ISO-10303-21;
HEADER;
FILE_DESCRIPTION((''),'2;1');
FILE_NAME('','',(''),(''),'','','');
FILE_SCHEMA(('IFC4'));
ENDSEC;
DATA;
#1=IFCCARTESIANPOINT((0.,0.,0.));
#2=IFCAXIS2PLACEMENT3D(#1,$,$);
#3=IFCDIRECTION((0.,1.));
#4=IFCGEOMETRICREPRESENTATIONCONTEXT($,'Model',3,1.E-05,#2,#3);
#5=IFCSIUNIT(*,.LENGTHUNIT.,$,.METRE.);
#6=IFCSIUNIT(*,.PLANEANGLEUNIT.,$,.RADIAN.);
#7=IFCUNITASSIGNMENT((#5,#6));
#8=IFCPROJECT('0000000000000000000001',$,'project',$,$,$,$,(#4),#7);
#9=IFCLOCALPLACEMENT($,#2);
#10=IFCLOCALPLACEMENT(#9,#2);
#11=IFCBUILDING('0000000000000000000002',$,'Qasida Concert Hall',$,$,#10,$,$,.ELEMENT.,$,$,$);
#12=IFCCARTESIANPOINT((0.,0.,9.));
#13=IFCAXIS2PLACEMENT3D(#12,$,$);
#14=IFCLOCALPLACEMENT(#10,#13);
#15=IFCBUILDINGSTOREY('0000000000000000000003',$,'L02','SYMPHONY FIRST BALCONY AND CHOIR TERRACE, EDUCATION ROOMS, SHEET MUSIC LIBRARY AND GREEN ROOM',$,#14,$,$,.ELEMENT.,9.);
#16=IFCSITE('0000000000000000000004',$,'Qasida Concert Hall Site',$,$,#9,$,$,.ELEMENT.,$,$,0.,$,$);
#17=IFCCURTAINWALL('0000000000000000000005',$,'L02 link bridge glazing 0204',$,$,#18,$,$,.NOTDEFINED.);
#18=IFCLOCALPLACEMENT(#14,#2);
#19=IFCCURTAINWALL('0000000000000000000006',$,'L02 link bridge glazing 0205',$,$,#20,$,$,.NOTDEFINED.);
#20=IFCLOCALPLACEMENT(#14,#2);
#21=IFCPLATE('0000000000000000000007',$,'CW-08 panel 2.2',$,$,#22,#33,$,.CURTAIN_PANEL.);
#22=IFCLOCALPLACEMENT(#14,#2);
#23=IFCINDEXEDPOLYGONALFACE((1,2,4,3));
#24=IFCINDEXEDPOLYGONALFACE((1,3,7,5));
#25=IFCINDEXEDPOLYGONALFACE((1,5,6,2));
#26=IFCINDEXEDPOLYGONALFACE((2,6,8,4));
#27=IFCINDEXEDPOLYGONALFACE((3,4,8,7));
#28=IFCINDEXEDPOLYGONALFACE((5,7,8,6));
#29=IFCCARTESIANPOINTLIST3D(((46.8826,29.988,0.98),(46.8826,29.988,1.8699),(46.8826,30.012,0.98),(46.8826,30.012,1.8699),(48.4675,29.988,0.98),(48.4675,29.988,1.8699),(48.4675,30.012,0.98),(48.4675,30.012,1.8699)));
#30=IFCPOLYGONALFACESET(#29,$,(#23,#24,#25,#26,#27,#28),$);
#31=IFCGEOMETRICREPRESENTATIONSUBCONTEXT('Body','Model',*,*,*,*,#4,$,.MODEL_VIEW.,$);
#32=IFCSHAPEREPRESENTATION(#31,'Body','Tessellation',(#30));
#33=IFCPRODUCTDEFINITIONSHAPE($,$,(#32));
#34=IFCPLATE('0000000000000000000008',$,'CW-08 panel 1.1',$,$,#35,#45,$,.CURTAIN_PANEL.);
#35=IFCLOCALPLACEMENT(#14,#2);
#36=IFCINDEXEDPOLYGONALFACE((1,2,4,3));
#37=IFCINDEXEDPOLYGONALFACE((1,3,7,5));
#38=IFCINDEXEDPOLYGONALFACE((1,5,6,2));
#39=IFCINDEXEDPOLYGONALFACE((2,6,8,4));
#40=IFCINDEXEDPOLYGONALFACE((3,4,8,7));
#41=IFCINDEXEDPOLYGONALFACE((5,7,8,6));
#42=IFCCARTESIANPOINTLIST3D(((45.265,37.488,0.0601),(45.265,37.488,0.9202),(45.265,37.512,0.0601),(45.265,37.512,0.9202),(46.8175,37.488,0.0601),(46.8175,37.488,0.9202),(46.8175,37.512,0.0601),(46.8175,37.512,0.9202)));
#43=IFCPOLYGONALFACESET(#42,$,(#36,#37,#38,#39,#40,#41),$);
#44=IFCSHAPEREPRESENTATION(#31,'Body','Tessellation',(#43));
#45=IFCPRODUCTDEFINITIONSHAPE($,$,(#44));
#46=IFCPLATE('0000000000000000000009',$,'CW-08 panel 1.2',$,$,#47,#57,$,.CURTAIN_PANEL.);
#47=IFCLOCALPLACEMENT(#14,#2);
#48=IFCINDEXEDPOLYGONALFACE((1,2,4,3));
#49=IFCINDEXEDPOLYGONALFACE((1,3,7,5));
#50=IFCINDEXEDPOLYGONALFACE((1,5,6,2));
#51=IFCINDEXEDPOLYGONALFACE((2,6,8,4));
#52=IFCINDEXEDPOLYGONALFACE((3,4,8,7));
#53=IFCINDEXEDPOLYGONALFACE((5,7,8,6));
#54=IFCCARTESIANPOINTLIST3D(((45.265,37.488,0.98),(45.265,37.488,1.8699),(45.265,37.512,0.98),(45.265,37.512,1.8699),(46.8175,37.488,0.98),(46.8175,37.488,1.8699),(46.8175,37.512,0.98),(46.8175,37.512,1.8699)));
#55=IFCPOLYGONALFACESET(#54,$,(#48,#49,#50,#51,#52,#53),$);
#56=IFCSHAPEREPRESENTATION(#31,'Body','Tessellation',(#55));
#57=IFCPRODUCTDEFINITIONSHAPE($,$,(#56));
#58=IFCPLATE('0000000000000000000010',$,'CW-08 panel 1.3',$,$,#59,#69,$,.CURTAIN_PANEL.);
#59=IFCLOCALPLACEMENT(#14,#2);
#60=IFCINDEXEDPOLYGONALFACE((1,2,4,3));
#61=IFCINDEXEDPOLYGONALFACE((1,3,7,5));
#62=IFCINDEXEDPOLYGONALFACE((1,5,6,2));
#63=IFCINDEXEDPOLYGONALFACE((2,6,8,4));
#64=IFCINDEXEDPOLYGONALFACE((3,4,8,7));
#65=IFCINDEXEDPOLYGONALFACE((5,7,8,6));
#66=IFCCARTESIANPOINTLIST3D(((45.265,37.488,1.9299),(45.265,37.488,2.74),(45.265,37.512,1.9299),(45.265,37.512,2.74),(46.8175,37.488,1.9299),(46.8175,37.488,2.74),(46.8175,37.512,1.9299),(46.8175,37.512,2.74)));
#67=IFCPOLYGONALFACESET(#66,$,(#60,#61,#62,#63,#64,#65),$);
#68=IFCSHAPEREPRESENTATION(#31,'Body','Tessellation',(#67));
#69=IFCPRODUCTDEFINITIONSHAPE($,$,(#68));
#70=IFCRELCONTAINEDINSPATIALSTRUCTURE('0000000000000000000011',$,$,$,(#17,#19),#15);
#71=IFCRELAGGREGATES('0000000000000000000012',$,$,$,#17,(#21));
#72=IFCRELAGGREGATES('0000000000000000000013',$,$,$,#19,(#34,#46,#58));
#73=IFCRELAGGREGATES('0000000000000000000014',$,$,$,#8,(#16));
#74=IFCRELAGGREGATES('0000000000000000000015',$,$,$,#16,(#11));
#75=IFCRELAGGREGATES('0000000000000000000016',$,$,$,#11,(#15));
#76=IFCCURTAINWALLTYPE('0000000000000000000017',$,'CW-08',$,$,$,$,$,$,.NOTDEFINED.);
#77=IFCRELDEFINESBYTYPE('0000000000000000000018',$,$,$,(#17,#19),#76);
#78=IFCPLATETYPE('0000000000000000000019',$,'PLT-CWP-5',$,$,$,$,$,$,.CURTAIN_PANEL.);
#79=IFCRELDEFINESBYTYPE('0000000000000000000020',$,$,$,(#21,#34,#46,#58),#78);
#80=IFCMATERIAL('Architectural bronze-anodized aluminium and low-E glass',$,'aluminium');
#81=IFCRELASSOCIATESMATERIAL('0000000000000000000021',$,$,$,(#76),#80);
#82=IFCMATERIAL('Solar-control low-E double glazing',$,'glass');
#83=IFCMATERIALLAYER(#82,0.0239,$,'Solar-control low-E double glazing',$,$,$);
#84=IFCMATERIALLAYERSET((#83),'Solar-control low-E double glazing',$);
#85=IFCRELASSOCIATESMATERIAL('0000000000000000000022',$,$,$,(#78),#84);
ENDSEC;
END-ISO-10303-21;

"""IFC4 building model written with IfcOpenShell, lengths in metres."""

from ifc_helpers import new_model, si_unit, direction, frame, origin, origin_2d, place, context, subcontext, project, spatial, rectangle, extrude, material, layer, layer_set, type_object, element, aggregate, save


model = new_model("IFC4")

# Units and contexts
model_context = context("Model", 3, precision=1e-05, world=origin(), true_north=direction((0.0, 1.0)))
body_context = subcontext(model_context, "Body", "Model", "MODEL_VIEW")
ifc_project = project(units=[si_unit("LENGTHUNIT", "METRE"), si_unit("PLANEANGLEUNIT", "RADIAN")], contexts=[model_context])

# Site, building, storey
site_placement = place(None, origin())
site = spatial("IfcSite", under=ifc_project, at=site_placement, Name="Qasida Concert Hall Site", CompositionType="ELEMENT", RefElevation=0.0)
building_placement = place(site_placement, origin())
building = spatial("IfcBuilding", under=site, at=building_placement, Name="Qasida Concert Hall", CompositionType="ELEMENT")
storey_placement = place(building_placement, frame((0.0, 0.0, 9.0)))
storey = spatial("IfcBuildingStorey", under=building, at=storey_placement, Name="L02", Description="SYMPHONY FIRST BALCONY AND CHOIR TERRACE, EDUCATION ROOMS, SHEET MUSIC LIBRARY AND GREEN ROOM", CompositionType="ELEMENT", Elevation=9.0)

# Shared definitions
ifc_material_1 = material(Name="Architectural bronze-anodized aluminium and low-E glass", Category="aluminium")
curtain_wall_type = type_object("IfcCurtainWallType", Name="CW-08", PredefinedType="NOTDEFINED", material=ifc_material_1)

# Curtain wall
curtain_wall_1_placement = place(storey_placement, origin())
curtain_wall_1 = element("IfcCurtainWall", 1, at=curtain_wall_1_placement, inside=storey, type_object=curtain_wall_type, Name="L02 link bridge glazing 0204", PredefinedType="NOTDEFINED")

# Curtain wall
curtain_wall_2_placement = place(storey_placement, origin())
curtain_wall_2 = element("IfcCurtainWall", 2, at=curtain_wall_2_placement, inside=storey, type_object=curtain_wall_type, Name="L02 link bridge glazing 0205", PredefinedType="NOTDEFINED")

# Plates
ifc_material_2 = material(Name="Solar-control low-E double glazing", Category="glass")
ifc_layer = layer(ifc_material_2, 0.0239, Name="Solar-control low-E double glazing")
ifc_layer_set = layer_set([ifc_layer], Name="Solar-control low-E double glazing")
plate_type = type_object("IfcPlateType", Name="PLT-CWP-5", PredefinedType="CURTAIN_PANEL", material=ifc_layer_set)
plate_1_placement = place(storey_placement, frame((47.675, 30.0, 0.98), z_axis=(0.0, 0.0, 1.0), x_axis=(1.0, 0.0, 0.0)))
plate_1 = element("IfcPlate", 3, at=plate_1_placement, type_object=plate_type, Name="CW-08 panel 2.2", PredefinedType="CURTAIN_PANEL", context=body_context, shape_type="SweptSolid", body=[
    extrude(rectangle(XDim=1.585, YDim=0.0239, at=origin_2d()), origin(), (0.0, 0.0, 1.0), 0.8899),
])
aggregate(curtain_wall_1, [plate_1])
plate_2_placement = place(storey_placement, frame((46.0413, 37.5, 0.0601), z_axis=(0.0, 0.0, 1.0), x_axis=(1.0, 0.0, 0.0)))
plate_2 = element("IfcPlate", 4, at=plate_2_placement, type_object=plate_type, Name="CW-08 panel 1.1", PredefinedType="CURTAIN_PANEL", context=body_context, shape_type="SweptSolid", body=[
    extrude(rectangle(XDim=1.5525, YDim=0.0239, at=origin_2d()), origin(), (0.0, 0.0, 1.0), 0.8601),
])
plate_3_placement = place(storey_placement, frame((46.0413, 37.5, 0.98), z_axis=(0.0, 0.0, 1.0), x_axis=(1.0, 0.0, 0.0)))
plate_3 = element("IfcPlate", 5, at=plate_3_placement, type_object=plate_type, Name="CW-08 panel 1.2", PredefinedType="CURTAIN_PANEL", context=body_context, shape_type="SweptSolid", body=[
    extrude(rectangle(XDim=1.5525, YDim=0.0239, at=origin_2d()), origin(), (0.0, 0.0, 1.0), 0.8899),
])
plate_4_placement = place(storey_placement, frame((46.0413, 37.5, 1.9299), z_axis=(0.0, 0.0, 1.0), x_axis=(1.0, 0.0, 0.0)))
plate_4 = element("IfcPlate", 6, at=plate_4_placement, type_object=plate_type, Name="CW-08 panel 1.3", PredefinedType="CURTAIN_PANEL", context=body_context, shape_type="SweptSolid", body=[
    extrude(rectangle(XDim=1.5525, YDim=0.0239, at=origin_2d()), origin(), (0.0, 0.0, 1.0), 0.8101),
])
aggregate(curtain_wall_2, [plate_2, plate_3, plate_4])

save(model, "model.ifc")
